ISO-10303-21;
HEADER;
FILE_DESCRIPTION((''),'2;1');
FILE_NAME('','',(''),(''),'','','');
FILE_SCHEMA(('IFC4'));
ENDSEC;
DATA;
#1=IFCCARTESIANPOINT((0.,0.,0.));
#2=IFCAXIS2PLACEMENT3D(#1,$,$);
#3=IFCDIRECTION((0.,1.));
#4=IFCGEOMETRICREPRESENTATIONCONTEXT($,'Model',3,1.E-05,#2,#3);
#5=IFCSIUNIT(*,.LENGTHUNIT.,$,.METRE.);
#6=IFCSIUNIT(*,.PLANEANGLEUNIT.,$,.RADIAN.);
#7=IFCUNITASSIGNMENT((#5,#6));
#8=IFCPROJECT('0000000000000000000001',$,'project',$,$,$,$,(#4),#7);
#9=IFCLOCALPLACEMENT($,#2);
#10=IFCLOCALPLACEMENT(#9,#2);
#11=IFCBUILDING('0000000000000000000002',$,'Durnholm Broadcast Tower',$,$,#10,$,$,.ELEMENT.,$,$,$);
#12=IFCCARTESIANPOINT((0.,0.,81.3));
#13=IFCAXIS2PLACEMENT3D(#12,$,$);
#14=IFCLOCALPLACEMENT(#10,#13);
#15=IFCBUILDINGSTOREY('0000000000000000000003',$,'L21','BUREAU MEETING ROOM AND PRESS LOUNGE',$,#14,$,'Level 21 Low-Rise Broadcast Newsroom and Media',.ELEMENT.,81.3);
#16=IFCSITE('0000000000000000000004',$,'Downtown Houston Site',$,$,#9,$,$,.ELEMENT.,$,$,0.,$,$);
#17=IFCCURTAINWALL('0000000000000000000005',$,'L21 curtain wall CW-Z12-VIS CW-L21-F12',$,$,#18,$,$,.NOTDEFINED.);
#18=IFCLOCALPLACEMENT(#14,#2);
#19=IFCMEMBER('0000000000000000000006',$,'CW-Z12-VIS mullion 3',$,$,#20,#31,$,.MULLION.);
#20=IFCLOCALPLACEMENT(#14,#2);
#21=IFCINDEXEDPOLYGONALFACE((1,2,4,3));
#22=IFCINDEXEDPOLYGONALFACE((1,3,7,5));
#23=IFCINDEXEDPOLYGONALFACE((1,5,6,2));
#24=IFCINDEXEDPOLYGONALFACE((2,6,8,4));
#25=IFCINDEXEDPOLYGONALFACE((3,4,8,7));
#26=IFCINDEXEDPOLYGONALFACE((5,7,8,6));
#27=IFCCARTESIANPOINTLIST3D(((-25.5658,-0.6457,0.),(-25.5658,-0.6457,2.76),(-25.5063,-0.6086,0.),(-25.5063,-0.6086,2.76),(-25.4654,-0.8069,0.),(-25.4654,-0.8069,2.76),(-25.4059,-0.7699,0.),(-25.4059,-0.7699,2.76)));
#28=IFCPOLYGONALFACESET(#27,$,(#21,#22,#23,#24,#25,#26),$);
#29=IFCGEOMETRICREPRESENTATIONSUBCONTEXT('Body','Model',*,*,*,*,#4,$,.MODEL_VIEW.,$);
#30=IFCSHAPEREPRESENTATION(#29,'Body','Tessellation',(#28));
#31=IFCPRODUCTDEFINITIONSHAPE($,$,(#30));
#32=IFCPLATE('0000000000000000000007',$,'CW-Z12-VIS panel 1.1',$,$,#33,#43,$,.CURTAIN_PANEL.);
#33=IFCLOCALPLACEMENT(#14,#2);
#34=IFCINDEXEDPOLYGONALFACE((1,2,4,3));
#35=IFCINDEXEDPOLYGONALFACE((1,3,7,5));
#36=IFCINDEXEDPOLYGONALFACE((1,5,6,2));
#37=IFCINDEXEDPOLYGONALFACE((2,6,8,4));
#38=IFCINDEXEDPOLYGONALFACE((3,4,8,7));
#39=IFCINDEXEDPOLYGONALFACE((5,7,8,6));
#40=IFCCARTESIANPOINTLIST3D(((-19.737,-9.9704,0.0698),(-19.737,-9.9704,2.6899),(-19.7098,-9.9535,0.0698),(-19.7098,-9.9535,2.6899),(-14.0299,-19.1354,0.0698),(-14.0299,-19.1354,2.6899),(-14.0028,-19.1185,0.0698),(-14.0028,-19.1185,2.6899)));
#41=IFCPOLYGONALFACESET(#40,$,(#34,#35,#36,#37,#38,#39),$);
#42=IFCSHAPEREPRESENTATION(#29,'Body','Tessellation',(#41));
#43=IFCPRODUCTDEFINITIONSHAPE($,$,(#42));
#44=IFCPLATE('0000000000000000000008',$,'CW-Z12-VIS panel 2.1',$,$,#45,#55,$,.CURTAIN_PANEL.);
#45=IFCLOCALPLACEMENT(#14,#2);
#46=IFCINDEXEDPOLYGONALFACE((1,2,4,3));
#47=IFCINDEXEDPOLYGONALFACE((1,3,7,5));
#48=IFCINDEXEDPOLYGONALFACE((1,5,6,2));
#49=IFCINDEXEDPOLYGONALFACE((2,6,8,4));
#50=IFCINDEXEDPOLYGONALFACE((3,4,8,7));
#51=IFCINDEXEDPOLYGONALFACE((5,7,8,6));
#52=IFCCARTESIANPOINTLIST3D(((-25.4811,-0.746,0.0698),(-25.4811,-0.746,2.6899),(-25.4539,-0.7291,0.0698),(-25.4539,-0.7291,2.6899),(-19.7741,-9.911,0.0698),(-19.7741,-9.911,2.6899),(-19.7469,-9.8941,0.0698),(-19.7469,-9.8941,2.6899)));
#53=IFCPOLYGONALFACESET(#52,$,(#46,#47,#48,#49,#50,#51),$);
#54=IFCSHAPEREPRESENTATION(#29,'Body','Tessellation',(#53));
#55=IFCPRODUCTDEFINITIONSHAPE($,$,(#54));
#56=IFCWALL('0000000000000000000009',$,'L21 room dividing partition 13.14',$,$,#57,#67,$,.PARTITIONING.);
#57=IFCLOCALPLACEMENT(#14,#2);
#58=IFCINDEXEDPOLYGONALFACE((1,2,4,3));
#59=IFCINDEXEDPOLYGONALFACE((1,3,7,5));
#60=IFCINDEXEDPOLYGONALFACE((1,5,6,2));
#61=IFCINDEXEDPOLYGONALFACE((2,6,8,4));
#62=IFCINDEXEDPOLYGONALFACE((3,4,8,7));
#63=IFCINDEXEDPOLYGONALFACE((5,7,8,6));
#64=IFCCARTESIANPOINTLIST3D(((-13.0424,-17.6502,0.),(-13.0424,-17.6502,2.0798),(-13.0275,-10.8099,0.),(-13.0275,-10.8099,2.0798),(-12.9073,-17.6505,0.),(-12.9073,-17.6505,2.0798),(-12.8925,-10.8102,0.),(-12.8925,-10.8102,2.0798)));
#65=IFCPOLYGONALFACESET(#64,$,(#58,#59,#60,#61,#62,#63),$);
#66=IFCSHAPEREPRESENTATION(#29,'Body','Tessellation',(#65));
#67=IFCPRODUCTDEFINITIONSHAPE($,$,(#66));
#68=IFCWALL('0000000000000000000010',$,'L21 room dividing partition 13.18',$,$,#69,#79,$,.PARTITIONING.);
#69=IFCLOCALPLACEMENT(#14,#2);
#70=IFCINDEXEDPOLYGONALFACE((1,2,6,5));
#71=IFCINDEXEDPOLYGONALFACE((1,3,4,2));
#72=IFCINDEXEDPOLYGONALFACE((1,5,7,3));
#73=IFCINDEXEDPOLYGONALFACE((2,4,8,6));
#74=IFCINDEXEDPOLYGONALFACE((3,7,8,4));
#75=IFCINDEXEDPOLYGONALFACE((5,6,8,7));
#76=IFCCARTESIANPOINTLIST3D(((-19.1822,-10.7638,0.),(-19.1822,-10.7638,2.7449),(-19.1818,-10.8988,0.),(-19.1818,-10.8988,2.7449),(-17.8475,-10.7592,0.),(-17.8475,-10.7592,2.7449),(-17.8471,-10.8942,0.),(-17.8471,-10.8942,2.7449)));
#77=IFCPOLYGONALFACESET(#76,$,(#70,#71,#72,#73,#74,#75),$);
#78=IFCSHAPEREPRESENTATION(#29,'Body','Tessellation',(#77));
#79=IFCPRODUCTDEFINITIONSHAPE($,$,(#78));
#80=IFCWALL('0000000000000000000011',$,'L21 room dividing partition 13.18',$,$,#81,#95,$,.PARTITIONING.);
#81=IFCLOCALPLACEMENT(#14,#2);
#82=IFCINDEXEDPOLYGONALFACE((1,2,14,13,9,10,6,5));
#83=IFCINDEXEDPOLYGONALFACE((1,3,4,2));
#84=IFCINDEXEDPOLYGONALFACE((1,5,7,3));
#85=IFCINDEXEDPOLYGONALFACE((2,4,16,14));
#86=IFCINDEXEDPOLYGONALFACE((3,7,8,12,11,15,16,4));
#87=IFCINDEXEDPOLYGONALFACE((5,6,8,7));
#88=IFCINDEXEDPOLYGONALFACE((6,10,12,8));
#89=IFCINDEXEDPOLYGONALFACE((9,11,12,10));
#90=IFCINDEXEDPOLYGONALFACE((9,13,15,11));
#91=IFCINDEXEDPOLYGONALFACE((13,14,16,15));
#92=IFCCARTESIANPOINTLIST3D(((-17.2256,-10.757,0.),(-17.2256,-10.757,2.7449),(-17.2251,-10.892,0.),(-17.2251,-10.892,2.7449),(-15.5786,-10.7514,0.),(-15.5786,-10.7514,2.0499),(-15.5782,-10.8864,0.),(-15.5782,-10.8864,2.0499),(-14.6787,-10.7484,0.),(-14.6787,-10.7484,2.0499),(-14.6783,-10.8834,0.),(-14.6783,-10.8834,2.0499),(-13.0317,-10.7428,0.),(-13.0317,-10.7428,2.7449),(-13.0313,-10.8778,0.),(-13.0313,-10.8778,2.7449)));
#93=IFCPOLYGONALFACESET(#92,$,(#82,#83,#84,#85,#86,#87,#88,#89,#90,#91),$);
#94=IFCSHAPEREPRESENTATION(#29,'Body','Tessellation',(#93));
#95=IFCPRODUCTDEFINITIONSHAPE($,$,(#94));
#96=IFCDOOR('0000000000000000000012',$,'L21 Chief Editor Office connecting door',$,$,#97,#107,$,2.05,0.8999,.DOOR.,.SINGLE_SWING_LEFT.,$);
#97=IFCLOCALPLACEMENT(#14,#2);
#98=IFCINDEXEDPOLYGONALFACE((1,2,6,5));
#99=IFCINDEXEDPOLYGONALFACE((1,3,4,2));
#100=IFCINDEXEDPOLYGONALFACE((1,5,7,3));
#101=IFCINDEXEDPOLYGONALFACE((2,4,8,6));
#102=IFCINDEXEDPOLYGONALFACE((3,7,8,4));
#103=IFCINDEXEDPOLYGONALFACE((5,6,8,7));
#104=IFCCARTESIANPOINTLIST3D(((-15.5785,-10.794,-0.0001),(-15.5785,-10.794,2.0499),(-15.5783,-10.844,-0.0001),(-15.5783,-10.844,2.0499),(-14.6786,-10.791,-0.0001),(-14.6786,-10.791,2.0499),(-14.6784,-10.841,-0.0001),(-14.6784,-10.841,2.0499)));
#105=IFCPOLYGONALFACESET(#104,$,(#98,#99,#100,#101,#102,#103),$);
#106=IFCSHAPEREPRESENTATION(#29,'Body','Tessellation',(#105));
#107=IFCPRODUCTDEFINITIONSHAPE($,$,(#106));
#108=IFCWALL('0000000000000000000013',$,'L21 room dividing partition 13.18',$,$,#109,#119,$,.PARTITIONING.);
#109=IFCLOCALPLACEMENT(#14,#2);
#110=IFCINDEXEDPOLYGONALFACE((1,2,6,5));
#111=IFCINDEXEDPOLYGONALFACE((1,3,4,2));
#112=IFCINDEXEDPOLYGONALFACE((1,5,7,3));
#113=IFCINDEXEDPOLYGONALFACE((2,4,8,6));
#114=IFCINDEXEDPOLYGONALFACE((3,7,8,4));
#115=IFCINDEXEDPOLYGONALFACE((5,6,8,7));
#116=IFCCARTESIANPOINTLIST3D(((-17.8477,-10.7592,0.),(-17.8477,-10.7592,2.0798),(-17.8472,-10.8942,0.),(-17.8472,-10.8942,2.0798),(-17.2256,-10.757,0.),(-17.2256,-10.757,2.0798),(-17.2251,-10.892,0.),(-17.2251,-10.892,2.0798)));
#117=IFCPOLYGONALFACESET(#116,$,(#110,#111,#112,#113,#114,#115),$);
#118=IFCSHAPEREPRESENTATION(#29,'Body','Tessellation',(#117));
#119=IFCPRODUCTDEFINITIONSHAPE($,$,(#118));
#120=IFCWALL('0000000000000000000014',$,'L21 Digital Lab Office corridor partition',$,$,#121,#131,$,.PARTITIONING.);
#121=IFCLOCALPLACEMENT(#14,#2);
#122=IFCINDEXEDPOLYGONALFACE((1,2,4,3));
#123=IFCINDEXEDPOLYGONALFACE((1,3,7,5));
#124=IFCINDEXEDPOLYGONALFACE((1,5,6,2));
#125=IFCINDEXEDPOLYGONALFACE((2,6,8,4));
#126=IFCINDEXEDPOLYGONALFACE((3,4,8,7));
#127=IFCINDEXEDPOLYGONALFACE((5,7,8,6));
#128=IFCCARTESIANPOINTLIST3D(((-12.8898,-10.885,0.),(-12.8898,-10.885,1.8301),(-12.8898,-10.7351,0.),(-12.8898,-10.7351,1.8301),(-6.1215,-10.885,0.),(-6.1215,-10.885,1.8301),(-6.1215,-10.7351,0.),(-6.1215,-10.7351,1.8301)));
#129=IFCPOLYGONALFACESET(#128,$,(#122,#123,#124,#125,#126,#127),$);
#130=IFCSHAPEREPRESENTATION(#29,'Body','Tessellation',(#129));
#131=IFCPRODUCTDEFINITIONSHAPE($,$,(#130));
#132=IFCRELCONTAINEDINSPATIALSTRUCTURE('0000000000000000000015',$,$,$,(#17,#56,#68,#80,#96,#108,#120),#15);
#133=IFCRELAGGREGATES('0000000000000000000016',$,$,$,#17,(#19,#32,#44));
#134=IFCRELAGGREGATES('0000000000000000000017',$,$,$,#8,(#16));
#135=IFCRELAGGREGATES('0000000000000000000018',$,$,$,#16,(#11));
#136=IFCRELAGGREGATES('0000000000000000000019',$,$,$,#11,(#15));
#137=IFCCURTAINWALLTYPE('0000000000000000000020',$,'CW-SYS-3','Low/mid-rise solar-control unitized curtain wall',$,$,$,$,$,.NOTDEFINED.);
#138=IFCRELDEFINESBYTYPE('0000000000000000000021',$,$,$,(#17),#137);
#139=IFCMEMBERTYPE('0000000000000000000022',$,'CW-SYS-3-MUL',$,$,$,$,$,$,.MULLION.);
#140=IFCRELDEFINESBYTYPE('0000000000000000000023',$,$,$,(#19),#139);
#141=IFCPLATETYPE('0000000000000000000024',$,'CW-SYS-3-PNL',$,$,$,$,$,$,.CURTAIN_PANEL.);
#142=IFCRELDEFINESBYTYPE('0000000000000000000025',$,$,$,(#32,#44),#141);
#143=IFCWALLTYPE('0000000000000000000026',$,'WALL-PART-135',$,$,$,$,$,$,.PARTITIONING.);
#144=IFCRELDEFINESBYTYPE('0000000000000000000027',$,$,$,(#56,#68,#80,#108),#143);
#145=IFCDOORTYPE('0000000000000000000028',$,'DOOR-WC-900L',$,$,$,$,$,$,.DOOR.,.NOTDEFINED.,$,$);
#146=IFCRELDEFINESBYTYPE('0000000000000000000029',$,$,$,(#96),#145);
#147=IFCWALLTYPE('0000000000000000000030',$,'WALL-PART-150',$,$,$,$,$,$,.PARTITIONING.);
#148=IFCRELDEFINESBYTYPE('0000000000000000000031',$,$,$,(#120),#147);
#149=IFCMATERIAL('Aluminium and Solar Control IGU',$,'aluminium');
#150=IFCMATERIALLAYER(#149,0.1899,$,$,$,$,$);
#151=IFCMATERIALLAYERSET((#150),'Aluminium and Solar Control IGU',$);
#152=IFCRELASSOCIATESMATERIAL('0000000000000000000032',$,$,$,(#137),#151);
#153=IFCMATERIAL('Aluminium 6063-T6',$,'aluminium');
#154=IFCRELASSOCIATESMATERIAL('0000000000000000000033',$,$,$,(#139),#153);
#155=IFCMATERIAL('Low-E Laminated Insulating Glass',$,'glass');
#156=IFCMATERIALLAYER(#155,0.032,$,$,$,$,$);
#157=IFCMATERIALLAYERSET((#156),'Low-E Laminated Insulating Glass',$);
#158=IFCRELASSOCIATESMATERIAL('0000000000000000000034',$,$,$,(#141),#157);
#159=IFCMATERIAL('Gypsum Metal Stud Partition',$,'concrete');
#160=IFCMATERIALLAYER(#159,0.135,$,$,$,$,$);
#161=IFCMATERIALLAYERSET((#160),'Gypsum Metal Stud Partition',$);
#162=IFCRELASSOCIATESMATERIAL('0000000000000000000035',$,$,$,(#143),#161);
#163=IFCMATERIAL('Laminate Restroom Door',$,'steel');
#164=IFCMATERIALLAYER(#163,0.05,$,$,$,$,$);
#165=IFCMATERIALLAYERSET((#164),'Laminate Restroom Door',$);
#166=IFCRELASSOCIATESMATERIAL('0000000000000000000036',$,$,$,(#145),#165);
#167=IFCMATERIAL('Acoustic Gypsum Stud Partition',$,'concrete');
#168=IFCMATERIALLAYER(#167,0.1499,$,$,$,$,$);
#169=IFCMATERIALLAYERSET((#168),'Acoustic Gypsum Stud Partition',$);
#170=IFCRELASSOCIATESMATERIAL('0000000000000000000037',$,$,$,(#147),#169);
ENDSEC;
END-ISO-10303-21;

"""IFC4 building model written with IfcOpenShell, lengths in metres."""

from ifc_helpers import new_model, si_unit, direction, frame, frame_2d, origin, origin_2d, place, context, subcontext, project, spatial, rectangle, extrude, source, transform, mapped, material, layer, layer_set, material_profile, profile_set, type_object, type_shapes, element, fill, aggregate, save


model = new_model("IFC4")

# Units and contexts
model_context = context("Model", 3, precision=1e-05, world=origin(), true_north=direction((0.0, 1.0)))
body_context = subcontext(model_context, "Body", "Model", "MODEL_VIEW")
ifc_project = project(units=[si_unit("LENGTHUNIT", "METRE"), si_unit("PLANEANGLEUNIT", "RADIAN")], contexts=[model_context])

# Site, building, storey
site_placement = place(None, origin())
site = spatial("IfcSite", under=ifc_project, at=site_placement, Name="Downtown Houston Site", CompositionType="ELEMENT", RefElevation=0.0)
building_placement = place(site_placement, origin())
building = spatial("IfcBuilding", under=site, at=building_placement, Name="Durnholm Broadcast Tower", CompositionType="ELEMENT")
storey_placement = place(building_placement, frame((0.0, 0.0, 81.3)))
storey = spatial("IfcBuildingStorey", under=building, at=storey_placement, Name="L21", Description="BUREAU MEETING ROOM AND PRESS LOUNGE", LongName="Level 21 Low-Rise Broadcast Newsroom and Media", CompositionType="ELEMENT", Elevation=81.3)

# Curtain wall
ifc_material_1 = material(Name="Aluminium and Solar Control IGU", Category="aluminium")
ifc_material_2 = material(Name="Aluminium 6063-T6", Category="aluminium")
ifc_layer_1 = layer(ifc_material_1, 0.1899)
ifc_layer_set_1 = layer_set([ifc_layer_1], Name="Aluminium and Solar Control IGU")
curtain_wall_type_1 = type_object("IfcCurtainWallType", Name="CW-SYS-3", Description="Low/mid-rise solar-control unitized curtain wall", PredefinedType="NOTDEFINED", material=ifc_layer_set_1)
curtain_wall_1_placement = place(storey_placement, origin())
curtain_wall_1 = element("IfcCurtainWall", 1, at=curtain_wall_1_placement, inside=storey, type_object=curtain_wall_type_1, Name="L21 curtain wall CW-Z12-VIS CW-L21-F12", PredefinedType="NOTDEFINED")

# Member
ifc_material_profile_1 = material_profile(ifc_material_2, rectangle(XDim=0.0701, YDim=0.1899, at=origin_2d()), Name="CWM70X190")
ifc_profile_set_1 = profile_set([ifc_material_profile_1], Name="Aluminium 6063-T6")
member_type_1 = type_object("IfcMemberType", Name="CW-SYS-3-MUL", PredefinedType="MULLION", material=ifc_profile_set_1)
shared_shape_1 = source(origin(), body_context, "Body", "SweptSolid", [
    extrude(rectangle(XDim=0.0701, YDim=0.1899, at=origin_2d()), origin(), (0.0, 0.0, 1.0), 2.76),
])
type_shapes(member_type_1, [shared_shape_1])
member_1_placement = place(storey_placement, frame((-25.4858, -0.7078, 0.0), z_axis=(0.0, 0.0, 1.0), x_axis=(-0.848876, -0.528592, 0.0)))
member_1 = element("IfcMember", 2, at=member_1_placement, type_object=member_type_1, Name="CW-Z12-VIS mullion 3", PredefinedType="MULLION", context=body_context, shape_type="MappedRepresentation", body=[
    mapped(shared_shape_1, transform((0.0, 0.0, 0.0), x_axis=(1.0, 0.0, 0.0), y_axis=(0.0, 1.0, 0.0), z_axis=(0.0, 0.0, 1.0), scale=1.0)),
])

# Plates
ifc_material_3 = material(Name="Low-E Laminated Insulating Glass", Category="glass")
ifc_layer_2 = layer(ifc_material_3, 0.032)
ifc_layer_set_2 = layer_set([ifc_layer_2], Name="Low-E Laminated Insulating Glass")
plate_type = type_object("IfcPlateType", Name="CW-SYS-3-PNL", PredefinedType="CURTAIN_PANEL", material=ifc_layer_set_2)
shared_shape_2 = source(origin(), body_context, "Body", "SweptSolid", [
    extrude(rectangle(XDim=10.7966, YDim=0.032, at=origin_2d()), origin(), (0.0, 0.0, 1.0), 2.6201),
])
type_shapes(plate_type, [shared_shape_2])
plate_1_placement = place(storey_placement, frame((-16.8699, -14.5444, 0.0698), z_axis=(0.0, 0.0, 1.0), x_axis=(-0.528592, 0.848876, 0.0)))
plate_1 = element("IfcPlate", 3, at=plate_1_placement, type_object=plate_type, Name="CW-Z12-VIS panel 1.1", PredefinedType="CURTAIN_PANEL", context=body_context, shape_type="MappedRepresentation", body=[
    mapped(shared_shape_2, transform((0.0, 0.0, 0.0), x_axis=(1.0, 0.0, 0.0), y_axis=(0.0, 1.0, 0.0), z_axis=(0.0, 0.0, 1.0), scale=1.0)),
])
plate_2_placement = place(storey_placement, frame((-22.614, -5.3201, 0.0698), z_axis=(0.0, 0.0, 1.0), x_axis=(-0.528592, 0.848876, 0.0)))
plate_2 = element("IfcPlate", 4, at=plate_2_placement, type_object=plate_type, Name="CW-Z12-VIS panel 2.1", PredefinedType="CURTAIN_PANEL", context=body_context, shape_type="MappedRepresentation", body=[
    mapped(shared_shape_2, transform((0.0, 0.0, 0.0), x_axis=(1.0, 0.0, 0.0), y_axis=(0.0, 1.0, 0.0), z_axis=(0.0, 0.0, 1.0), scale=1.0)),
])
aggregate(curtain_wall_1, [member_1, plate_1, plate_2])

# Walls
ifc_material_4 = material(Name="Gypsum Metal Stud Partition", Category="concrete")
ifc_layer_3 = layer(ifc_material_4, 0.135)
ifc_layer_set_3 = layer_set([ifc_layer_3], Name="Gypsum Metal Stud Partition")
wall_type_1 = type_object("IfcWallType", Name="WALL-PART-135", PredefinedType="PARTITIONING", material=ifc_layer_set_3)
wall_1_placement = place(storey_placement, frame((-12.96, -10.8101, 0.0), z_axis=(0.0, 0.0, 1.0), x_axis=(-0.002177, -0.999998, 0.0)))
element("IfcWall", 5, at=wall_1_placement, inside=storey, type_object=wall_type_1, Name="L21 room dividing partition 13.14", PredefinedType="PARTITIONING", context=body_context, shape_type="SweptSolid", body=[
    extrude(rectangle(XDim=6.8403, YDim=0.135, at=frame_2d((3.4202, 0.0))), origin(), (0.0, 0.0, 1.0), 2.0798),
])
wall_2_placement = place(storey_placement, frame((-19.1821, -10.8313, 0.0), z_axis=(0.0, 0.0, 1.0), x_axis=(0.999994, 0.003475, 0.0)))
element("IfcWall", 6, at=wall_2_placement, inside=storey, type_object=wall_type_1, Name="L21 room dividing partition 13.18", PredefinedType="PARTITIONING", context=body_context, shape_type="SweptSolid", body=[
    extrude(rectangle(XDim=1.3347, YDim=0.135, at=frame_2d((0.6675, 0.0))), origin(), (0.0, 0.0, 1.0), 2.7449),
])

# Wall, opening, door
wall_3_placement = place(storey_placement, frame((-17.2253, -10.8245, 0.0), z_axis=(0.0, 0.0, 1.0), x_axis=(0.999994, 0.003376, 0.0)))
wall_3 = element("IfcWall", 7, at=wall_3_placement, inside=storey, type_object=wall_type_1, Name="L21 room dividing partition 13.18", PredefinedType="PARTITIONING", context=body_context, shape_type="SweptSolid", body=[
    extrude(rectangle(XDim=4.1938, YDim=0.135, at=frame_2d((2.0969, 0.0))), origin(), (0.0, 0.0, 1.0), 2.7449),
])
opening_placement = place(wall_3_placement, frame((1.647, 0.0, 0.0)))
opening = element("IfcOpeningElement", 8, at=opening_placement, cuts=wall_3, PredefinedType="OPENING", context=body_context, shape_type="SweptSolid", body=[
    extrude(rectangle(XDim=0.8999, YDim=2.05, at=frame_2d((0.45, 1.0249))), frame((0.0, 0.0776, 0.0), z_axis=(0.0, -1.0, 0.0), x_axis=(1.0, 0.0, 0.0)), (0.0, 0.0, 1.0), 0.155),
])
ifc_material_5 = material(Name="Laminate Restroom Door", Category="steel")
ifc_layer_4 = layer(ifc_material_5, 0.05)
ifc_layer_set_4 = layer_set([ifc_layer_4], Name="Laminate Restroom Door")
door_type = type_object("IfcDoorType", Name="DOOR-WC-900L", OperationType="NOTDEFINED", PredefinedType="DOOR", material=ifc_layer_set_4)
shared_shape_3 = source(origin(), body_context, "Body", "SweptSolid", [
    extrude(rectangle(XDim=0.8999, YDim=2.05, at=frame_2d((0.45, 1.0249))), frame((0.0, 0.0249, 0.0), z_axis=(0.0, -1.0, 0.0), x_axis=(1.0, 0.0, 0.0)), (0.0, 0.0, 1.0), 0.05),
])
type_shapes(door_type, [shared_shape_3])
door_placement = place(opening_placement, origin())
door = element("IfcDoor", 9, at=door_placement, inside=storey, type_object=door_type, Name="L21 Chief Editor Office connecting door", OperationType="SINGLE_SWING_LEFT", OverallHeight=2.05, OverallWidth=0.8999, PredefinedType="DOOR", context=body_context, shape_type="MappedRepresentation", body=[
    mapped(shared_shape_3, transform((0.0, 0.0, 0.0), x_axis=(1.0, 0.0, 0.0), y_axis=(0.0, 1.0, 0.0), z_axis=(0.0, 0.0, 1.0), scale=1.0)),
])
fill(opening, door)

# Walls
wall_4_placement = place(storey_placement, frame((-17.8474, -10.8267, 0.0), z_axis=(0.0, 0.0, 1.0), x_axis=(0.999994, 0.003532, 0.0)))
element("IfcWall", 10, at=wall_4_placement, inside=storey, type_object=wall_type_1, Name="L21 room dividing partition 13.18", PredefinedType="PARTITIONING", context=body_context, shape_type="SweptSolid", body=[
    extrude(rectangle(XDim=0.6221, YDim=0.135, at=frame_2d((0.311, 0.0))), origin(), (0.0, 0.0, 1.0), 2.0798),
])
ifc_material_6 = material(Name="Acoustic Gypsum Stud Partition", Category="concrete")
ifc_layer_5 = layer(ifc_material_6, 0.1499)
ifc_layer_set_5 = layer_set([ifc_layer_5], Name="Acoustic Gypsum Stud Partition")
wall_type_2 = type_object("IfcWallType", Name="WALL-PART-150", PredefinedType="PARTITIONING", material=ifc_layer_set_5)
wall_5_placement = place(storey_placement, frame((-12.8899, -10.8101, 0.0), z_axis=(0.0, 0.0, 1.0), x_axis=(1.0, 0.0, 0.0)))
element("IfcWall", 11, at=wall_5_placement, inside=storey, type_object=wall_type_2, Name="L21 Digital Lab Office corridor partition", PredefinedType="PARTITIONING", context=body_context, shape_type="SweptSolid", body=[
    extrude(rectangle(XDim=6.7683, YDim=0.1499, at=frame_2d((3.3843, 0.0))), origin(), (0.0, 0.0, 1.0), 1.8301),
])

save(model, "model.ifc")
